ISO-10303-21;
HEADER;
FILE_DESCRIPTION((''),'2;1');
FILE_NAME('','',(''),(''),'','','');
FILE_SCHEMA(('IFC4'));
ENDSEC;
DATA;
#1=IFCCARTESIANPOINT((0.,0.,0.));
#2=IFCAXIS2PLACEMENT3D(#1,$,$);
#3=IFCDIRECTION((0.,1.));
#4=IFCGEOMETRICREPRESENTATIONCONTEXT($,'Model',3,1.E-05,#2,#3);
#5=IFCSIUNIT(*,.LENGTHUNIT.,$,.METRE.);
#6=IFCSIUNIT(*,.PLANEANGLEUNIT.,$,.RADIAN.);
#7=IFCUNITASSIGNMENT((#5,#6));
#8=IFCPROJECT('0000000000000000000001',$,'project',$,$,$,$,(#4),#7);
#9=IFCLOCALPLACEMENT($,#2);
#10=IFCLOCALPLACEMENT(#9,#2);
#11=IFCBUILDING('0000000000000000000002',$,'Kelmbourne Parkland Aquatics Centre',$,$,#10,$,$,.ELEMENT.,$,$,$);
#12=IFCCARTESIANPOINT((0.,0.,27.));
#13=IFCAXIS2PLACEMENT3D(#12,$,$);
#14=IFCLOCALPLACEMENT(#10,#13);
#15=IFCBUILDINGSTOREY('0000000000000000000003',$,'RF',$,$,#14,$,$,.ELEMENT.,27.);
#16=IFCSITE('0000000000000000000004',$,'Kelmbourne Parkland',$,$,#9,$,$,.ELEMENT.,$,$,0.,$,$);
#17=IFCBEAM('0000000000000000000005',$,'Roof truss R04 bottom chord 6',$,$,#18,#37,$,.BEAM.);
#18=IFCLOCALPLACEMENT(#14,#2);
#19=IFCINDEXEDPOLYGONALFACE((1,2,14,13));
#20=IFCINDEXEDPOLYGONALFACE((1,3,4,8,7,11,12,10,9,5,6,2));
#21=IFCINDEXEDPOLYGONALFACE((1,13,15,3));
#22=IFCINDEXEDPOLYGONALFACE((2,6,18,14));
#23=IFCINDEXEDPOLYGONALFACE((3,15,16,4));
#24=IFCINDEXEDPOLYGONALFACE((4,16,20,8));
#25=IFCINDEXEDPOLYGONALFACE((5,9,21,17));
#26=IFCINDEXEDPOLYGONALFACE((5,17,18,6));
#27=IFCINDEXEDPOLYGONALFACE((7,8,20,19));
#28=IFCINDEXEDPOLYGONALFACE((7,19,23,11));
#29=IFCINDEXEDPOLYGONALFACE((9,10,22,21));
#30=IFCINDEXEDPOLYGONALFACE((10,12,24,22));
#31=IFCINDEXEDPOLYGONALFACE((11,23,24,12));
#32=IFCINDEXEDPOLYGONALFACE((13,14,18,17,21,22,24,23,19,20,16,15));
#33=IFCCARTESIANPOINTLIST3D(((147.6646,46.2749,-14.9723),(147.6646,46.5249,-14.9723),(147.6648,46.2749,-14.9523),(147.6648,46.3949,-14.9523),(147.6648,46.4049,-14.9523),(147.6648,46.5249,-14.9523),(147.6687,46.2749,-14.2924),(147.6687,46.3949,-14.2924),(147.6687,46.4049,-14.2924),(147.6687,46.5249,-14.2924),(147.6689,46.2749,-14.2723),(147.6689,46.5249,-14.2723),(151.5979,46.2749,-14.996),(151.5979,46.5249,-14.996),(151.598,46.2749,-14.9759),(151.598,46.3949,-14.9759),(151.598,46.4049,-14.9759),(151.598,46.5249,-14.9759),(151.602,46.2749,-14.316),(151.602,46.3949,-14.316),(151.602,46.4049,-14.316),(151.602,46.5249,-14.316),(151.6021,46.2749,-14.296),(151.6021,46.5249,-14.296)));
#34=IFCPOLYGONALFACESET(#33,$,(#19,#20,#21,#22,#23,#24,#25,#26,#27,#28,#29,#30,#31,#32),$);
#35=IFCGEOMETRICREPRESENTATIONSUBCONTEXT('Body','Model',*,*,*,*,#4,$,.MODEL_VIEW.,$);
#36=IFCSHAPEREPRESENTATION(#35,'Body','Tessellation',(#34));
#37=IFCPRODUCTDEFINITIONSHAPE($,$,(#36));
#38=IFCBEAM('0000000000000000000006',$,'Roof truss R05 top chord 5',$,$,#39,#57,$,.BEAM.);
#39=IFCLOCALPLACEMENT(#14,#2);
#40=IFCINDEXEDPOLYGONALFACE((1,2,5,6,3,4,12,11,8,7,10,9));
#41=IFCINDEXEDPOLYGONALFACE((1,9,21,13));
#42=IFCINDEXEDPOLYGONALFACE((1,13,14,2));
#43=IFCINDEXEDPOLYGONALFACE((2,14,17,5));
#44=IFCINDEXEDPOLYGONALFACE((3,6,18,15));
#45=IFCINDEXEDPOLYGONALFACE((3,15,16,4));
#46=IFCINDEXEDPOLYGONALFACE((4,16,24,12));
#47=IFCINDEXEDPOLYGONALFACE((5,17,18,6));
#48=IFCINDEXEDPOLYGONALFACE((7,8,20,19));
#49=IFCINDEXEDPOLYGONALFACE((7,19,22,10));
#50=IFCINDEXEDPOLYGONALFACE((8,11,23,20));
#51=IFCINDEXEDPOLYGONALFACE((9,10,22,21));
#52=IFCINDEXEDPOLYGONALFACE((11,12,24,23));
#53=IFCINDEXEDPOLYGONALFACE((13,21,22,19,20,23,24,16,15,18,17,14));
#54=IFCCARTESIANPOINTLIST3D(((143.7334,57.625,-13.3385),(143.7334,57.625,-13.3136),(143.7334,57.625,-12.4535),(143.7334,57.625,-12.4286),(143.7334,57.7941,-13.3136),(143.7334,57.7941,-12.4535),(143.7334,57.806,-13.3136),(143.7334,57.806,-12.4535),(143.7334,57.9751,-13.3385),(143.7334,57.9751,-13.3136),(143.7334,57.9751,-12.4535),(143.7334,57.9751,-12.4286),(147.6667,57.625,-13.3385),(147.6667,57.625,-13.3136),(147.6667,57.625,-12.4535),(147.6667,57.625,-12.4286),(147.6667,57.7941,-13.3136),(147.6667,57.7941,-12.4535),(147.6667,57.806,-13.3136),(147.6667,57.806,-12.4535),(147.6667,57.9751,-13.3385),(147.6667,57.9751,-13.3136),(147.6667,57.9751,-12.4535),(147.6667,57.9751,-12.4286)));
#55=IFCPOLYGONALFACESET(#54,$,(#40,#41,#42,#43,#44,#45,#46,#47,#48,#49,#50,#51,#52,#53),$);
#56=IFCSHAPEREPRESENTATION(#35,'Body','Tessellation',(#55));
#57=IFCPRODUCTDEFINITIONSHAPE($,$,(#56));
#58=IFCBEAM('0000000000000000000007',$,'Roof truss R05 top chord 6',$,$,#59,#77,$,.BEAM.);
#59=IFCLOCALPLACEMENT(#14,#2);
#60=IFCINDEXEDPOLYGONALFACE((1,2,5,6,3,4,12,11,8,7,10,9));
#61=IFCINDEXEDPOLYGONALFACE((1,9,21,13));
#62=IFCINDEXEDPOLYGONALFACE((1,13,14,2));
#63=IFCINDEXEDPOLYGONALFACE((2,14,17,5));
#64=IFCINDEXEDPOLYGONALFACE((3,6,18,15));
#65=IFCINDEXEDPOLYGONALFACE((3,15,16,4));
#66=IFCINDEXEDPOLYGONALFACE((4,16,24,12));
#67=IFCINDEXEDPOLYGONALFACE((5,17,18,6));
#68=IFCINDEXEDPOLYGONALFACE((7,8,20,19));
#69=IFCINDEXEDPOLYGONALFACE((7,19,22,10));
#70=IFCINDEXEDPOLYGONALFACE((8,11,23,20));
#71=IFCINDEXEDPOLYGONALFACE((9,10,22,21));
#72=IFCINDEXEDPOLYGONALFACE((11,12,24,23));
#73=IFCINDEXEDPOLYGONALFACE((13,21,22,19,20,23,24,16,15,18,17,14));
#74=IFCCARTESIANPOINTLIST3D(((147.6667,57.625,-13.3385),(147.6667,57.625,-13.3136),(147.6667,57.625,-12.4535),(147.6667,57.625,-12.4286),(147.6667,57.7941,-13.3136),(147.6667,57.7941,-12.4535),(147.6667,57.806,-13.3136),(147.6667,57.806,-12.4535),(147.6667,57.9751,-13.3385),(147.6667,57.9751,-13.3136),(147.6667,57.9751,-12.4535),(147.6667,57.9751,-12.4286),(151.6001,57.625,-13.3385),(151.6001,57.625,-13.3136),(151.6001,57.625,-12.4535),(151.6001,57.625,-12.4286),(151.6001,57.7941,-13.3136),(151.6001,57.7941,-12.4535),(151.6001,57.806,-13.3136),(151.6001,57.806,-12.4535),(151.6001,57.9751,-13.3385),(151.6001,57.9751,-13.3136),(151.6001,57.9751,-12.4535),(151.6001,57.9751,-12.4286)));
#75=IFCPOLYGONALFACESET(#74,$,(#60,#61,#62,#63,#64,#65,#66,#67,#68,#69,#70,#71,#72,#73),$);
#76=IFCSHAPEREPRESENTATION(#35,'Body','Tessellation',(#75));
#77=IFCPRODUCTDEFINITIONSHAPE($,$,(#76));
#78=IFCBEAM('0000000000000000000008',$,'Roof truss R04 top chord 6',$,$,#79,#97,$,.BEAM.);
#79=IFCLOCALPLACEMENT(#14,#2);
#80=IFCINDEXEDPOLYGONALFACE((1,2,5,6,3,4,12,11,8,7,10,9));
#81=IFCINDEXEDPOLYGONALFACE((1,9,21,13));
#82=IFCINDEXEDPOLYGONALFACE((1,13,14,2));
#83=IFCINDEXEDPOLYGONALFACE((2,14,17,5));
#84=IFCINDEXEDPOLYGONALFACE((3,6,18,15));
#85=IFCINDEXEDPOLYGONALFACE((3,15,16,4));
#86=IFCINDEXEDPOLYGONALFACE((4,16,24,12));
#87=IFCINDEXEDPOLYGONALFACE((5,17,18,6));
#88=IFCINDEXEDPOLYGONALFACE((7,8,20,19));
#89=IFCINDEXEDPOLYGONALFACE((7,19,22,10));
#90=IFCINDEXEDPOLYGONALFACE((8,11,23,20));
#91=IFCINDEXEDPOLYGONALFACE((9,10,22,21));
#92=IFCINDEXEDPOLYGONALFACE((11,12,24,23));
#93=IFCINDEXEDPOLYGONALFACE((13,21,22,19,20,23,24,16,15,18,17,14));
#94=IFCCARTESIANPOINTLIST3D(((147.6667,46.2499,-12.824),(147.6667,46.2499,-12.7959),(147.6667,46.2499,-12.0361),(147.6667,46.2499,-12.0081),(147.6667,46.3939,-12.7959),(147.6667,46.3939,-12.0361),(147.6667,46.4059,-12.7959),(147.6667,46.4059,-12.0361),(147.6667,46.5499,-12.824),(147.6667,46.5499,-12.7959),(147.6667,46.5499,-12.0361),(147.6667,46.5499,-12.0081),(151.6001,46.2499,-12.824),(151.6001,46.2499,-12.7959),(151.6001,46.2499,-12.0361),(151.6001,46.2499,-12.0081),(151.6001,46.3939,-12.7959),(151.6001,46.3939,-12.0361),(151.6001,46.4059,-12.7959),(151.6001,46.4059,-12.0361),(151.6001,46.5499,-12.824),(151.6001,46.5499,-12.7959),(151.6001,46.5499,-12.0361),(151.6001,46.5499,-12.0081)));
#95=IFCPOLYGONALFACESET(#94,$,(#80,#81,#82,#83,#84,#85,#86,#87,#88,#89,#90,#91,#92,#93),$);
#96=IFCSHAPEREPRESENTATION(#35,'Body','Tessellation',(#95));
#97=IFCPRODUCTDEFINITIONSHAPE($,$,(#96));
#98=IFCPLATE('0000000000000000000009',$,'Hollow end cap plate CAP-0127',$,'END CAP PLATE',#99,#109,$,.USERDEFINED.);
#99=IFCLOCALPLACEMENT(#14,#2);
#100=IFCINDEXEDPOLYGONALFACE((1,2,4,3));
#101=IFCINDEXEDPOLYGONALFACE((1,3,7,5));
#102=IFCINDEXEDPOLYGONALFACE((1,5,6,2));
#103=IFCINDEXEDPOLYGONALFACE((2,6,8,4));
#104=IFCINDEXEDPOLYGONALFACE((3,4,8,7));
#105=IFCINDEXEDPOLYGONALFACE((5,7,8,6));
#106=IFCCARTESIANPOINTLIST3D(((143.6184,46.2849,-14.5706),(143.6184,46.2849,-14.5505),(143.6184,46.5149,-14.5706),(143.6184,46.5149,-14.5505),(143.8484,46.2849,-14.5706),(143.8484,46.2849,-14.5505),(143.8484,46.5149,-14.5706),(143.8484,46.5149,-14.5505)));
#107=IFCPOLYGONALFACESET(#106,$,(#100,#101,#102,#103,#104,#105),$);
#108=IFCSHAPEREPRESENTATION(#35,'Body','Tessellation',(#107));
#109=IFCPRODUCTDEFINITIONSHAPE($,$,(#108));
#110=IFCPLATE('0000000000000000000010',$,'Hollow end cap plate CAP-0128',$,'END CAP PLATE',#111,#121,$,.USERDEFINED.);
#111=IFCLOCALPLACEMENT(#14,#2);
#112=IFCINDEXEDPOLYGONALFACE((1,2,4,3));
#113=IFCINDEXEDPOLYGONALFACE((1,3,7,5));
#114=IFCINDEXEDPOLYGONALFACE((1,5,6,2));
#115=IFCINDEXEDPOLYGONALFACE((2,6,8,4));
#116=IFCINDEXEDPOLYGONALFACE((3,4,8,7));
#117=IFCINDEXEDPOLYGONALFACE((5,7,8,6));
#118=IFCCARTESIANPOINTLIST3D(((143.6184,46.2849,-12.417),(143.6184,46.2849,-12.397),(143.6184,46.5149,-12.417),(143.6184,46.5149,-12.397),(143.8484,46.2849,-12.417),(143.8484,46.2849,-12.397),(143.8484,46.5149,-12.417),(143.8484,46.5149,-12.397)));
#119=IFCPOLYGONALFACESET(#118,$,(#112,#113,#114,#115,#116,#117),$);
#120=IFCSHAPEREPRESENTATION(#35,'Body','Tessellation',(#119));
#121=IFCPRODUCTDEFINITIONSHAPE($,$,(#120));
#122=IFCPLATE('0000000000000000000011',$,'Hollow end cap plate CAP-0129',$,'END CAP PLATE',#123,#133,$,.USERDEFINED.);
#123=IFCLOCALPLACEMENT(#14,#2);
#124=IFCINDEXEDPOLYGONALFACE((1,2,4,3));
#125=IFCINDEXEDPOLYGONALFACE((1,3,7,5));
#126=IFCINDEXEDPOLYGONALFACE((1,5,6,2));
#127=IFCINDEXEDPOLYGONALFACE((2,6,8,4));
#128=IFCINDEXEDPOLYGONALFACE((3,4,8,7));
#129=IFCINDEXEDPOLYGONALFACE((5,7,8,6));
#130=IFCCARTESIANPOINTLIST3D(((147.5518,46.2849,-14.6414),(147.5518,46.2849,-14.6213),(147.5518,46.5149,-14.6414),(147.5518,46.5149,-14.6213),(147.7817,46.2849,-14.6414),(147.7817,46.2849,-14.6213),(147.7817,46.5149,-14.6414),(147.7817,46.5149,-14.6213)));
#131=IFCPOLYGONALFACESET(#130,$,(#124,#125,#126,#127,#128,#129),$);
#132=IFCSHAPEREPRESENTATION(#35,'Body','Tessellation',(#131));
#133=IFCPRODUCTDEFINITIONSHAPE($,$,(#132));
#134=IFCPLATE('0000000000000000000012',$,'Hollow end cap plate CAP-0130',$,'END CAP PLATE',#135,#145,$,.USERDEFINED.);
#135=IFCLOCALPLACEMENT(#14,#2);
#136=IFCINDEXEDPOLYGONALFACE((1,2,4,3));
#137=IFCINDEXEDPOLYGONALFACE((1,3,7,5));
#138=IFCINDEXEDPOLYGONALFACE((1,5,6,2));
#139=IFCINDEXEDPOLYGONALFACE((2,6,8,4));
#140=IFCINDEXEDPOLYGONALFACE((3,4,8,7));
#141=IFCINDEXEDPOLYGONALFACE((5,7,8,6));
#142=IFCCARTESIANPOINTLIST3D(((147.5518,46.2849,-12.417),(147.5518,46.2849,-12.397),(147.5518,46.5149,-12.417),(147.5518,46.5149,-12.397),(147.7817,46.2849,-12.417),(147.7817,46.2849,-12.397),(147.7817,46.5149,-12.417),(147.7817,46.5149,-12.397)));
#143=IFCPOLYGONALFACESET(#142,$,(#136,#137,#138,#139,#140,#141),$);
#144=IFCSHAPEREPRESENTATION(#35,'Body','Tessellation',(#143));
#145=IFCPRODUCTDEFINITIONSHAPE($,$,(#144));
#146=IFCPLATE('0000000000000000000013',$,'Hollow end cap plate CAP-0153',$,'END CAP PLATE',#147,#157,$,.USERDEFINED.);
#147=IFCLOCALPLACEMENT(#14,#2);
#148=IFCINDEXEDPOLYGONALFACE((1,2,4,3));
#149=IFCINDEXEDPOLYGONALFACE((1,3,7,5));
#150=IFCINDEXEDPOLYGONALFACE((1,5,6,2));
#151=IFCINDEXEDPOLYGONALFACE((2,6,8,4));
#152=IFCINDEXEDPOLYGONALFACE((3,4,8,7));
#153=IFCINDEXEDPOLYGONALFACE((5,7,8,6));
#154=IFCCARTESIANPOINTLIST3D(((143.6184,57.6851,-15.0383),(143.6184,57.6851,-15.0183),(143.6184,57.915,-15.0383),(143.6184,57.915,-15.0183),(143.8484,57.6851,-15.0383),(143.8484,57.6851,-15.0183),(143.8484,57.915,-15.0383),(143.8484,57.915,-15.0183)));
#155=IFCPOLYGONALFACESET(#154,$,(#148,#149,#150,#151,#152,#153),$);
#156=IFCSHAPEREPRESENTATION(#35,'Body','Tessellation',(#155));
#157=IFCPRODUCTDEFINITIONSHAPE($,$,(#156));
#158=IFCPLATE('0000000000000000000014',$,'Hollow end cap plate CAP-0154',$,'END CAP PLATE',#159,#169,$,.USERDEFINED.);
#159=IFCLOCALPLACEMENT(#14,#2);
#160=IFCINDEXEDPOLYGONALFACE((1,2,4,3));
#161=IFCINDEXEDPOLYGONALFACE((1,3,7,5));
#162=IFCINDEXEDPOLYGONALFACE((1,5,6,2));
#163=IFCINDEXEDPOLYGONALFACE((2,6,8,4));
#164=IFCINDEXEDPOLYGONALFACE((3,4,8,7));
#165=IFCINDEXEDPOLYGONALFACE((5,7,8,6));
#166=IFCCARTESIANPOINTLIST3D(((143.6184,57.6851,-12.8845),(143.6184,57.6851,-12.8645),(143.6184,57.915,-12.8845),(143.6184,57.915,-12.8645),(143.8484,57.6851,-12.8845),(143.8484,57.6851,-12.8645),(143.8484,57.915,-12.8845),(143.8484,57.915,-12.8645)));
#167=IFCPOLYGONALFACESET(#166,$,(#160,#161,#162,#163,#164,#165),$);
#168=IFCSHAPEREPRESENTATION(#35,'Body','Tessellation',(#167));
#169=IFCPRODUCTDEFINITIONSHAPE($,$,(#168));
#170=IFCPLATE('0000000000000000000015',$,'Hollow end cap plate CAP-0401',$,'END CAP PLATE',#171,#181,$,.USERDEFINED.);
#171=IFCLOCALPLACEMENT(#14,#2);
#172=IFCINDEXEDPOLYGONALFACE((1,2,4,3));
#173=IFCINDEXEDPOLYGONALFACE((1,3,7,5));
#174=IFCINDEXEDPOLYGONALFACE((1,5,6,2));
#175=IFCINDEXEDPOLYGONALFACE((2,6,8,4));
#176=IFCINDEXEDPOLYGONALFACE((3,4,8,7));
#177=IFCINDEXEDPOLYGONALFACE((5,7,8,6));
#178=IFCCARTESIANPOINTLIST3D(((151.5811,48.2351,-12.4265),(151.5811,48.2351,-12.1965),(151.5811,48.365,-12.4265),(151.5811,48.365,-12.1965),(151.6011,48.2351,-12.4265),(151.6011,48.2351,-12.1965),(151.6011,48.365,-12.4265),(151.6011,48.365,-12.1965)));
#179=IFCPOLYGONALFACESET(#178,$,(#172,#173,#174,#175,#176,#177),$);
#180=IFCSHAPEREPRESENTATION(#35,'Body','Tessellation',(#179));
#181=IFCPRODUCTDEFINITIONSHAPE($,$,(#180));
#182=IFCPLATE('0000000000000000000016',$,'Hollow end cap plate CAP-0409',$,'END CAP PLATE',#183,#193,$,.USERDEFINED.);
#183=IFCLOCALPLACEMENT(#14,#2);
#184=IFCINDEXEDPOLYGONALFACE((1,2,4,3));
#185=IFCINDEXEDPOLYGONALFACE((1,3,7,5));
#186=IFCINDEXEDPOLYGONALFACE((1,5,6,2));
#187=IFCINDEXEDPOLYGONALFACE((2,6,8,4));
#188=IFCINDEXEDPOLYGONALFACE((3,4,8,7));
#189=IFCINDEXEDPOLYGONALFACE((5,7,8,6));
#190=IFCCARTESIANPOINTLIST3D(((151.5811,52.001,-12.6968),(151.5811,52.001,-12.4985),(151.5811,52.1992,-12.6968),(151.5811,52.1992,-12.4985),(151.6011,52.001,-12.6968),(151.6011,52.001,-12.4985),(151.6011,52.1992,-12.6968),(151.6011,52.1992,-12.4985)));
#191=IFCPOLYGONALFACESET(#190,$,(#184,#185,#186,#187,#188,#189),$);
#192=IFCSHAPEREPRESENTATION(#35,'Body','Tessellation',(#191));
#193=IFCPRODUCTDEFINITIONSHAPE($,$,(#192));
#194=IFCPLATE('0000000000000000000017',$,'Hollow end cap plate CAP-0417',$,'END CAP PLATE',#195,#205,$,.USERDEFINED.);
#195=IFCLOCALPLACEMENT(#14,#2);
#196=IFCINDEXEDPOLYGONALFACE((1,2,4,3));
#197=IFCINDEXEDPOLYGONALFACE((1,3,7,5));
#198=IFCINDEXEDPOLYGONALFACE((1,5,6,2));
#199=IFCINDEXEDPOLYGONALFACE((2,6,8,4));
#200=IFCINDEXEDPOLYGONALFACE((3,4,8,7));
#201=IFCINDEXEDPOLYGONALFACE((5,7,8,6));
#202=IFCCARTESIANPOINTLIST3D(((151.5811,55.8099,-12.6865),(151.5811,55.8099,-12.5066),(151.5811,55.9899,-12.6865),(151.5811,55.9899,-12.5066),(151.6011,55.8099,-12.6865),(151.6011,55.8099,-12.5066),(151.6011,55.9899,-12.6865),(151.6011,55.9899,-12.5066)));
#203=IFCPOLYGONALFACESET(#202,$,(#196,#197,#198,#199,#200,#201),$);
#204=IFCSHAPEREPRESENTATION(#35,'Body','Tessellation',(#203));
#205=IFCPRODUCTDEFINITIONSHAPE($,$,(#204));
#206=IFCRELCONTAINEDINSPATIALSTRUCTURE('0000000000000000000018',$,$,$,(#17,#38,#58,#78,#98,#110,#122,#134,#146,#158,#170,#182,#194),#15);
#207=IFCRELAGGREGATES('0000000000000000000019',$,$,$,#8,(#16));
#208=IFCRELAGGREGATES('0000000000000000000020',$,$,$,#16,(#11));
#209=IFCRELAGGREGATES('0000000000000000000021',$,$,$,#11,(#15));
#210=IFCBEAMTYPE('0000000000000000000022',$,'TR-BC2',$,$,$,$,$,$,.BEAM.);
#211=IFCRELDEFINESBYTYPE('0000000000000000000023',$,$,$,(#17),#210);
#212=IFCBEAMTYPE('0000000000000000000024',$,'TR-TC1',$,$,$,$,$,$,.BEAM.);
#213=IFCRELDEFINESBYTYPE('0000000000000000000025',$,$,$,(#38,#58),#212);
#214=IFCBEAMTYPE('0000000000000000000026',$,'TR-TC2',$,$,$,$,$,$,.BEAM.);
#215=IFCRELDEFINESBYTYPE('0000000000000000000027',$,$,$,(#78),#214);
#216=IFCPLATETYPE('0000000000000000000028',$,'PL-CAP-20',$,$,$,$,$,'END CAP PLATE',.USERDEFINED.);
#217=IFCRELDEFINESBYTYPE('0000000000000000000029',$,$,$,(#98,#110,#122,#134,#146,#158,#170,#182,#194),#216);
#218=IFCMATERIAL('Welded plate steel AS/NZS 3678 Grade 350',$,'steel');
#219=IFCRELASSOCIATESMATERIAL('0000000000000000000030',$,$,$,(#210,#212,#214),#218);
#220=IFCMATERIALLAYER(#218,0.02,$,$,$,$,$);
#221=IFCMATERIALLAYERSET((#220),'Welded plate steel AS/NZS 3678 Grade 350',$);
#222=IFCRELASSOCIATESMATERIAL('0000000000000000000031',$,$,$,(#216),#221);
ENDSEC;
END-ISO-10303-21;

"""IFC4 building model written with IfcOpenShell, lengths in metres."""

from ifc_helpers import new_model, si_unit, direction, frame, origin, origin_2d, place, context, subcontext, project, spatial, rectangle, i_section, extrude, material, layer, layer_set, material_profile, profile_set, type_object, element, save


model = new_model("IFC4")

# Units and contexts
model_context = context("Model", 3, precision=1e-05, world=origin(), true_north=direction((0.0, 1.0)))
body_context = subcontext(model_context, "Body", "Model", "MODEL_VIEW")
ifc_project = project(units=[si_unit("LENGTHUNIT", "METRE"), si_unit("PLANEANGLEUNIT", "RADIAN")], contexts=[model_context])

# Site, building, storey
site_placement = place(None, origin())
site = spatial("IfcSite", under=ifc_project, at=site_placement, Name="Kelmbourne Parkland", CompositionType="ELEMENT", RefElevation=0.0)
building_placement = place(site_placement, origin())
building = spatial("IfcBuilding", under=site, at=building_placement, Name="Kelmbourne Parkland Aquatics Centre", CompositionType="ELEMENT")
storey_placement = place(building_placement, frame((0.0, 0.0, 27.0)))
storey = spatial("IfcBuildingStorey", under=building, at=storey_placement, Name="RF", CompositionType="ELEMENT", Elevation=27.0)

# Beams
ifc_material_1 = material(Name="Welded plate steel AS/NZS 3678 Grade 350", Category="steel")
ifc_material_profile_1 = material_profile(ifc_material_1, i_section(OverallWidth=0.25, OverallDepth=0.7, WebThickness=0.01, FlangeThickness=0.02, at=origin_2d()), Name="700WB130")
ifc_profile_set_1 = profile_set([ifc_material_profile_1], Name="Welded plate steel AS/NZS 3678 Grade 350")
beam_type_1 = type_object("IfcBeamType", Name="TR-BC2", PredefinedType="BEAM", material=ifc_profile_set_1)
beam_1_placement = place(storey_placement, frame((147.6667, 46.3999, -14.6223), z_axis=(0.999982, 0.0, -0.006021), x_axis=(0.0, 1.0, 0.0)))
element("IfcBeam", 1, at=beam_1_placement, inside=storey, type_object=beam_type_1, Name="Roof truss R04 bottom chord 6", PredefinedType="BEAM", context=body_context, shape_type="SweptSolid", body=[
    extrude(i_section(OverallWidth=0.25, OverallDepth=0.7, WebThickness=0.01, FlangeThickness=0.02, at=origin_2d()), origin(), (0.0, 0.0, 1.0), 3.9333),
])
ifc_material_profile_2 = material_profile(ifc_material_1, i_section(OverallWidth=0.3501, OverallDepth=0.9099, WebThickness=0.012, FlangeThickness=0.0249, at=origin_2d()), Name="900WB218")
ifc_profile_set_2 = profile_set([ifc_material_profile_2], Name="Welded plate steel AS/NZS 3678 Grade 350")
beam_type_2 = type_object("IfcBeamType", Name="TR-TC1", PredefinedType="BEAM", material=ifc_profile_set_2)
for number, where, z_axis, x_axis, name in (
    (2, (143.7334, 57.8, -12.8835), (1.0, 0.0, 0.0), (0.0, 1.0, 0.0), "Roof truss R05 top chord 5"),
    (3, (147.6667, 57.8, -12.8835), (1.0, 0.0, 0.0), (0.0, 1.0, 0.0), "Roof truss R05 top chord 6"),
):
    element("IfcBeam", number, at=place(storey_placement, frame(where, z_axis=z_axis, x_axis=x_axis)), inside=storey, type_object=beam_type_2, Name=name, PredefinedType="BEAM", context=body_context, shape_type="SweptSolid", body=[
        extrude(i_section(OverallWidth=0.3501, OverallDepth=0.9099, WebThickness=0.012, FlangeThickness=0.0249, at=origin_2d()), origin(), (0.0, 0.0, 1.0), 3.9333),
    ])
ifc_material_profile_3 = material_profile(ifc_material_1, i_section(OverallWidth=0.3, OverallDepth=0.8159, WebThickness=0.012, FlangeThickness=0.0281, at=origin_2d()), Name="800WB192")
ifc_profile_set_3 = profile_set([ifc_material_profile_3], Name="Welded plate steel AS/NZS 3678 Grade 350")
beam_type_3 = type_object("IfcBeamType", Name="TR-TC2", PredefinedType="BEAM", material=ifc_profile_set_3)
beam_2_placement = place(storey_placement, frame((147.6667, 46.3999, -12.416), z_axis=(1.0, 0.0, 0.0), x_axis=(0.0, 1.0, 0.0)))
element("IfcBeam", 4, at=beam_2_placement, inside=storey, type_object=beam_type_3, Name="Roof truss R04 top chord 6", PredefinedType="BEAM", context=body_context, shape_type="SweptSolid", body=[
    extrude(i_section(OverallWidth=0.3, OverallDepth=0.8159, WebThickness=0.012, FlangeThickness=0.0281, at=origin_2d()), origin(), (0.0, 0.0, 1.0), 3.9333),
])

# Plates
ifc_layer_1 = layer(ifc_material_1, 0.02)
ifc_layer_set_1 = layer_set([ifc_layer_1], Name="Welded plate steel AS/NZS 3678 Grade 350")
plate_type_1 = type_object("IfcPlateType", Name="PL-CAP-20", ElementType="END CAP PLATE", PredefinedType="USERDEFINED", material=ifc_layer_set_1)
for number, where, z_axis, x_axis, name in (
    (5, (143.7334, 46.3999, -14.5706), (0.0, 0.0, 1.0), (1.0, 0.0, 0.0), "Hollow end cap plate CAP-0127"),
    (6, (143.7334, 46.3999, -12.417), (0.0, 0.0, 1.0), (1.0, 0.0, 0.0), "Hollow end cap plate CAP-0128"),
    (7, (147.6667, 46.3999, -14.6414), (0.0, 0.0, 1.0), (1.0, 0.0, 0.0), "Hollow end cap plate CAP-0129"),
    (8, (147.6667, 46.3999, -12.417), (0.0, 0.0, 1.0), (1.0, 0.0, 0.0), "Hollow end cap plate CAP-0130"),
    (9, (143.7334, 57.8, -15.0383), (0.0, 0.0, 1.0), (1.0, 0.0, 0.0), "Hollow end cap plate CAP-0153"),
    (10, (143.7334, 57.8, -12.8845), (0.0, 0.0, 1.0), (1.0, 0.0, 0.0), "Hollow end cap plate CAP-0154"),
):
    element("IfcPlate", number, at=place(storey_placement, frame(where, z_axis=z_axis, x_axis=x_axis)), inside=storey, type_object=plate_type_1, Name=name, ObjectType="END CAP PLATE", PredefinedType="USERDEFINED", context=body_context, shape_type="SweptSolid", body=[
        extrude(rectangle(XDim=0.23, YDim=0.23, at=origin_2d()), origin(), (0.0, 0.0, 1.0), 0.02),
    ])
plate_1_placement = place(storey_placement, frame((151.5911, 48.3, -12.4265), z_axis=(0.0, 0.0, 1.0), x_axis=(-1.0, 0.0, 0.0)))
element("IfcPlate", 11, at=plate_1_placement, inside=storey, type_object=plate_type_1, Name="Hollow end cap plate CAP-0401", ObjectType="END CAP PLATE", PredefinedType="USERDEFINED", context=body_context, shape_type="SweptSolid", body=[
    extrude(rectangle(XDim=0.02, YDim=0.1299, at=origin_2d()), origin(), (0.0, 0.0, 1.0), 0.23),
])
plate_2_placement = place(storey_placement, frame((151.5911, 52.1001, -12.6968), z_axis=(0.0, 0.0, 1.0), x_axis=(-1.0, 0.0, 0.0)))
element("IfcPlate", 12, at=plate_2_placement, inside=storey, type_object=plate_type_1, Name="Hollow end cap plate CAP-0409", ObjectType="END CAP PLATE", PredefinedType="USERDEFINED", context=body_context, shape_type="SweptSolid", body=[
    extrude(rectangle(XDim=0.02, YDim=0.1982, at=origin_2d()), origin(), (0.0, 0.0, 1.0), 0.1982),
])
plate_3_placement = place(storey_placement, frame((151.5911, 55.8999, -12.6865), z_axis=(0.0, 0.0, 1.0), x_axis=(-1.0, 0.0, 0.0)))
element("IfcPlate", 13, at=plate_3_placement, inside=storey, type_object=plate_type_1, Name="Hollow end cap plate CAP-0417", ObjectType="END CAP PLATE", PredefinedType="USERDEFINED", context=body_context, shape_type="SweptSolid", body=[
    extrude(rectangle(XDim=0.02, YDim=0.1799, at=origin_2d()), origin(), (0.0, 0.0, 1.0), 0.1799),
])

save(model, "model.ifc")
